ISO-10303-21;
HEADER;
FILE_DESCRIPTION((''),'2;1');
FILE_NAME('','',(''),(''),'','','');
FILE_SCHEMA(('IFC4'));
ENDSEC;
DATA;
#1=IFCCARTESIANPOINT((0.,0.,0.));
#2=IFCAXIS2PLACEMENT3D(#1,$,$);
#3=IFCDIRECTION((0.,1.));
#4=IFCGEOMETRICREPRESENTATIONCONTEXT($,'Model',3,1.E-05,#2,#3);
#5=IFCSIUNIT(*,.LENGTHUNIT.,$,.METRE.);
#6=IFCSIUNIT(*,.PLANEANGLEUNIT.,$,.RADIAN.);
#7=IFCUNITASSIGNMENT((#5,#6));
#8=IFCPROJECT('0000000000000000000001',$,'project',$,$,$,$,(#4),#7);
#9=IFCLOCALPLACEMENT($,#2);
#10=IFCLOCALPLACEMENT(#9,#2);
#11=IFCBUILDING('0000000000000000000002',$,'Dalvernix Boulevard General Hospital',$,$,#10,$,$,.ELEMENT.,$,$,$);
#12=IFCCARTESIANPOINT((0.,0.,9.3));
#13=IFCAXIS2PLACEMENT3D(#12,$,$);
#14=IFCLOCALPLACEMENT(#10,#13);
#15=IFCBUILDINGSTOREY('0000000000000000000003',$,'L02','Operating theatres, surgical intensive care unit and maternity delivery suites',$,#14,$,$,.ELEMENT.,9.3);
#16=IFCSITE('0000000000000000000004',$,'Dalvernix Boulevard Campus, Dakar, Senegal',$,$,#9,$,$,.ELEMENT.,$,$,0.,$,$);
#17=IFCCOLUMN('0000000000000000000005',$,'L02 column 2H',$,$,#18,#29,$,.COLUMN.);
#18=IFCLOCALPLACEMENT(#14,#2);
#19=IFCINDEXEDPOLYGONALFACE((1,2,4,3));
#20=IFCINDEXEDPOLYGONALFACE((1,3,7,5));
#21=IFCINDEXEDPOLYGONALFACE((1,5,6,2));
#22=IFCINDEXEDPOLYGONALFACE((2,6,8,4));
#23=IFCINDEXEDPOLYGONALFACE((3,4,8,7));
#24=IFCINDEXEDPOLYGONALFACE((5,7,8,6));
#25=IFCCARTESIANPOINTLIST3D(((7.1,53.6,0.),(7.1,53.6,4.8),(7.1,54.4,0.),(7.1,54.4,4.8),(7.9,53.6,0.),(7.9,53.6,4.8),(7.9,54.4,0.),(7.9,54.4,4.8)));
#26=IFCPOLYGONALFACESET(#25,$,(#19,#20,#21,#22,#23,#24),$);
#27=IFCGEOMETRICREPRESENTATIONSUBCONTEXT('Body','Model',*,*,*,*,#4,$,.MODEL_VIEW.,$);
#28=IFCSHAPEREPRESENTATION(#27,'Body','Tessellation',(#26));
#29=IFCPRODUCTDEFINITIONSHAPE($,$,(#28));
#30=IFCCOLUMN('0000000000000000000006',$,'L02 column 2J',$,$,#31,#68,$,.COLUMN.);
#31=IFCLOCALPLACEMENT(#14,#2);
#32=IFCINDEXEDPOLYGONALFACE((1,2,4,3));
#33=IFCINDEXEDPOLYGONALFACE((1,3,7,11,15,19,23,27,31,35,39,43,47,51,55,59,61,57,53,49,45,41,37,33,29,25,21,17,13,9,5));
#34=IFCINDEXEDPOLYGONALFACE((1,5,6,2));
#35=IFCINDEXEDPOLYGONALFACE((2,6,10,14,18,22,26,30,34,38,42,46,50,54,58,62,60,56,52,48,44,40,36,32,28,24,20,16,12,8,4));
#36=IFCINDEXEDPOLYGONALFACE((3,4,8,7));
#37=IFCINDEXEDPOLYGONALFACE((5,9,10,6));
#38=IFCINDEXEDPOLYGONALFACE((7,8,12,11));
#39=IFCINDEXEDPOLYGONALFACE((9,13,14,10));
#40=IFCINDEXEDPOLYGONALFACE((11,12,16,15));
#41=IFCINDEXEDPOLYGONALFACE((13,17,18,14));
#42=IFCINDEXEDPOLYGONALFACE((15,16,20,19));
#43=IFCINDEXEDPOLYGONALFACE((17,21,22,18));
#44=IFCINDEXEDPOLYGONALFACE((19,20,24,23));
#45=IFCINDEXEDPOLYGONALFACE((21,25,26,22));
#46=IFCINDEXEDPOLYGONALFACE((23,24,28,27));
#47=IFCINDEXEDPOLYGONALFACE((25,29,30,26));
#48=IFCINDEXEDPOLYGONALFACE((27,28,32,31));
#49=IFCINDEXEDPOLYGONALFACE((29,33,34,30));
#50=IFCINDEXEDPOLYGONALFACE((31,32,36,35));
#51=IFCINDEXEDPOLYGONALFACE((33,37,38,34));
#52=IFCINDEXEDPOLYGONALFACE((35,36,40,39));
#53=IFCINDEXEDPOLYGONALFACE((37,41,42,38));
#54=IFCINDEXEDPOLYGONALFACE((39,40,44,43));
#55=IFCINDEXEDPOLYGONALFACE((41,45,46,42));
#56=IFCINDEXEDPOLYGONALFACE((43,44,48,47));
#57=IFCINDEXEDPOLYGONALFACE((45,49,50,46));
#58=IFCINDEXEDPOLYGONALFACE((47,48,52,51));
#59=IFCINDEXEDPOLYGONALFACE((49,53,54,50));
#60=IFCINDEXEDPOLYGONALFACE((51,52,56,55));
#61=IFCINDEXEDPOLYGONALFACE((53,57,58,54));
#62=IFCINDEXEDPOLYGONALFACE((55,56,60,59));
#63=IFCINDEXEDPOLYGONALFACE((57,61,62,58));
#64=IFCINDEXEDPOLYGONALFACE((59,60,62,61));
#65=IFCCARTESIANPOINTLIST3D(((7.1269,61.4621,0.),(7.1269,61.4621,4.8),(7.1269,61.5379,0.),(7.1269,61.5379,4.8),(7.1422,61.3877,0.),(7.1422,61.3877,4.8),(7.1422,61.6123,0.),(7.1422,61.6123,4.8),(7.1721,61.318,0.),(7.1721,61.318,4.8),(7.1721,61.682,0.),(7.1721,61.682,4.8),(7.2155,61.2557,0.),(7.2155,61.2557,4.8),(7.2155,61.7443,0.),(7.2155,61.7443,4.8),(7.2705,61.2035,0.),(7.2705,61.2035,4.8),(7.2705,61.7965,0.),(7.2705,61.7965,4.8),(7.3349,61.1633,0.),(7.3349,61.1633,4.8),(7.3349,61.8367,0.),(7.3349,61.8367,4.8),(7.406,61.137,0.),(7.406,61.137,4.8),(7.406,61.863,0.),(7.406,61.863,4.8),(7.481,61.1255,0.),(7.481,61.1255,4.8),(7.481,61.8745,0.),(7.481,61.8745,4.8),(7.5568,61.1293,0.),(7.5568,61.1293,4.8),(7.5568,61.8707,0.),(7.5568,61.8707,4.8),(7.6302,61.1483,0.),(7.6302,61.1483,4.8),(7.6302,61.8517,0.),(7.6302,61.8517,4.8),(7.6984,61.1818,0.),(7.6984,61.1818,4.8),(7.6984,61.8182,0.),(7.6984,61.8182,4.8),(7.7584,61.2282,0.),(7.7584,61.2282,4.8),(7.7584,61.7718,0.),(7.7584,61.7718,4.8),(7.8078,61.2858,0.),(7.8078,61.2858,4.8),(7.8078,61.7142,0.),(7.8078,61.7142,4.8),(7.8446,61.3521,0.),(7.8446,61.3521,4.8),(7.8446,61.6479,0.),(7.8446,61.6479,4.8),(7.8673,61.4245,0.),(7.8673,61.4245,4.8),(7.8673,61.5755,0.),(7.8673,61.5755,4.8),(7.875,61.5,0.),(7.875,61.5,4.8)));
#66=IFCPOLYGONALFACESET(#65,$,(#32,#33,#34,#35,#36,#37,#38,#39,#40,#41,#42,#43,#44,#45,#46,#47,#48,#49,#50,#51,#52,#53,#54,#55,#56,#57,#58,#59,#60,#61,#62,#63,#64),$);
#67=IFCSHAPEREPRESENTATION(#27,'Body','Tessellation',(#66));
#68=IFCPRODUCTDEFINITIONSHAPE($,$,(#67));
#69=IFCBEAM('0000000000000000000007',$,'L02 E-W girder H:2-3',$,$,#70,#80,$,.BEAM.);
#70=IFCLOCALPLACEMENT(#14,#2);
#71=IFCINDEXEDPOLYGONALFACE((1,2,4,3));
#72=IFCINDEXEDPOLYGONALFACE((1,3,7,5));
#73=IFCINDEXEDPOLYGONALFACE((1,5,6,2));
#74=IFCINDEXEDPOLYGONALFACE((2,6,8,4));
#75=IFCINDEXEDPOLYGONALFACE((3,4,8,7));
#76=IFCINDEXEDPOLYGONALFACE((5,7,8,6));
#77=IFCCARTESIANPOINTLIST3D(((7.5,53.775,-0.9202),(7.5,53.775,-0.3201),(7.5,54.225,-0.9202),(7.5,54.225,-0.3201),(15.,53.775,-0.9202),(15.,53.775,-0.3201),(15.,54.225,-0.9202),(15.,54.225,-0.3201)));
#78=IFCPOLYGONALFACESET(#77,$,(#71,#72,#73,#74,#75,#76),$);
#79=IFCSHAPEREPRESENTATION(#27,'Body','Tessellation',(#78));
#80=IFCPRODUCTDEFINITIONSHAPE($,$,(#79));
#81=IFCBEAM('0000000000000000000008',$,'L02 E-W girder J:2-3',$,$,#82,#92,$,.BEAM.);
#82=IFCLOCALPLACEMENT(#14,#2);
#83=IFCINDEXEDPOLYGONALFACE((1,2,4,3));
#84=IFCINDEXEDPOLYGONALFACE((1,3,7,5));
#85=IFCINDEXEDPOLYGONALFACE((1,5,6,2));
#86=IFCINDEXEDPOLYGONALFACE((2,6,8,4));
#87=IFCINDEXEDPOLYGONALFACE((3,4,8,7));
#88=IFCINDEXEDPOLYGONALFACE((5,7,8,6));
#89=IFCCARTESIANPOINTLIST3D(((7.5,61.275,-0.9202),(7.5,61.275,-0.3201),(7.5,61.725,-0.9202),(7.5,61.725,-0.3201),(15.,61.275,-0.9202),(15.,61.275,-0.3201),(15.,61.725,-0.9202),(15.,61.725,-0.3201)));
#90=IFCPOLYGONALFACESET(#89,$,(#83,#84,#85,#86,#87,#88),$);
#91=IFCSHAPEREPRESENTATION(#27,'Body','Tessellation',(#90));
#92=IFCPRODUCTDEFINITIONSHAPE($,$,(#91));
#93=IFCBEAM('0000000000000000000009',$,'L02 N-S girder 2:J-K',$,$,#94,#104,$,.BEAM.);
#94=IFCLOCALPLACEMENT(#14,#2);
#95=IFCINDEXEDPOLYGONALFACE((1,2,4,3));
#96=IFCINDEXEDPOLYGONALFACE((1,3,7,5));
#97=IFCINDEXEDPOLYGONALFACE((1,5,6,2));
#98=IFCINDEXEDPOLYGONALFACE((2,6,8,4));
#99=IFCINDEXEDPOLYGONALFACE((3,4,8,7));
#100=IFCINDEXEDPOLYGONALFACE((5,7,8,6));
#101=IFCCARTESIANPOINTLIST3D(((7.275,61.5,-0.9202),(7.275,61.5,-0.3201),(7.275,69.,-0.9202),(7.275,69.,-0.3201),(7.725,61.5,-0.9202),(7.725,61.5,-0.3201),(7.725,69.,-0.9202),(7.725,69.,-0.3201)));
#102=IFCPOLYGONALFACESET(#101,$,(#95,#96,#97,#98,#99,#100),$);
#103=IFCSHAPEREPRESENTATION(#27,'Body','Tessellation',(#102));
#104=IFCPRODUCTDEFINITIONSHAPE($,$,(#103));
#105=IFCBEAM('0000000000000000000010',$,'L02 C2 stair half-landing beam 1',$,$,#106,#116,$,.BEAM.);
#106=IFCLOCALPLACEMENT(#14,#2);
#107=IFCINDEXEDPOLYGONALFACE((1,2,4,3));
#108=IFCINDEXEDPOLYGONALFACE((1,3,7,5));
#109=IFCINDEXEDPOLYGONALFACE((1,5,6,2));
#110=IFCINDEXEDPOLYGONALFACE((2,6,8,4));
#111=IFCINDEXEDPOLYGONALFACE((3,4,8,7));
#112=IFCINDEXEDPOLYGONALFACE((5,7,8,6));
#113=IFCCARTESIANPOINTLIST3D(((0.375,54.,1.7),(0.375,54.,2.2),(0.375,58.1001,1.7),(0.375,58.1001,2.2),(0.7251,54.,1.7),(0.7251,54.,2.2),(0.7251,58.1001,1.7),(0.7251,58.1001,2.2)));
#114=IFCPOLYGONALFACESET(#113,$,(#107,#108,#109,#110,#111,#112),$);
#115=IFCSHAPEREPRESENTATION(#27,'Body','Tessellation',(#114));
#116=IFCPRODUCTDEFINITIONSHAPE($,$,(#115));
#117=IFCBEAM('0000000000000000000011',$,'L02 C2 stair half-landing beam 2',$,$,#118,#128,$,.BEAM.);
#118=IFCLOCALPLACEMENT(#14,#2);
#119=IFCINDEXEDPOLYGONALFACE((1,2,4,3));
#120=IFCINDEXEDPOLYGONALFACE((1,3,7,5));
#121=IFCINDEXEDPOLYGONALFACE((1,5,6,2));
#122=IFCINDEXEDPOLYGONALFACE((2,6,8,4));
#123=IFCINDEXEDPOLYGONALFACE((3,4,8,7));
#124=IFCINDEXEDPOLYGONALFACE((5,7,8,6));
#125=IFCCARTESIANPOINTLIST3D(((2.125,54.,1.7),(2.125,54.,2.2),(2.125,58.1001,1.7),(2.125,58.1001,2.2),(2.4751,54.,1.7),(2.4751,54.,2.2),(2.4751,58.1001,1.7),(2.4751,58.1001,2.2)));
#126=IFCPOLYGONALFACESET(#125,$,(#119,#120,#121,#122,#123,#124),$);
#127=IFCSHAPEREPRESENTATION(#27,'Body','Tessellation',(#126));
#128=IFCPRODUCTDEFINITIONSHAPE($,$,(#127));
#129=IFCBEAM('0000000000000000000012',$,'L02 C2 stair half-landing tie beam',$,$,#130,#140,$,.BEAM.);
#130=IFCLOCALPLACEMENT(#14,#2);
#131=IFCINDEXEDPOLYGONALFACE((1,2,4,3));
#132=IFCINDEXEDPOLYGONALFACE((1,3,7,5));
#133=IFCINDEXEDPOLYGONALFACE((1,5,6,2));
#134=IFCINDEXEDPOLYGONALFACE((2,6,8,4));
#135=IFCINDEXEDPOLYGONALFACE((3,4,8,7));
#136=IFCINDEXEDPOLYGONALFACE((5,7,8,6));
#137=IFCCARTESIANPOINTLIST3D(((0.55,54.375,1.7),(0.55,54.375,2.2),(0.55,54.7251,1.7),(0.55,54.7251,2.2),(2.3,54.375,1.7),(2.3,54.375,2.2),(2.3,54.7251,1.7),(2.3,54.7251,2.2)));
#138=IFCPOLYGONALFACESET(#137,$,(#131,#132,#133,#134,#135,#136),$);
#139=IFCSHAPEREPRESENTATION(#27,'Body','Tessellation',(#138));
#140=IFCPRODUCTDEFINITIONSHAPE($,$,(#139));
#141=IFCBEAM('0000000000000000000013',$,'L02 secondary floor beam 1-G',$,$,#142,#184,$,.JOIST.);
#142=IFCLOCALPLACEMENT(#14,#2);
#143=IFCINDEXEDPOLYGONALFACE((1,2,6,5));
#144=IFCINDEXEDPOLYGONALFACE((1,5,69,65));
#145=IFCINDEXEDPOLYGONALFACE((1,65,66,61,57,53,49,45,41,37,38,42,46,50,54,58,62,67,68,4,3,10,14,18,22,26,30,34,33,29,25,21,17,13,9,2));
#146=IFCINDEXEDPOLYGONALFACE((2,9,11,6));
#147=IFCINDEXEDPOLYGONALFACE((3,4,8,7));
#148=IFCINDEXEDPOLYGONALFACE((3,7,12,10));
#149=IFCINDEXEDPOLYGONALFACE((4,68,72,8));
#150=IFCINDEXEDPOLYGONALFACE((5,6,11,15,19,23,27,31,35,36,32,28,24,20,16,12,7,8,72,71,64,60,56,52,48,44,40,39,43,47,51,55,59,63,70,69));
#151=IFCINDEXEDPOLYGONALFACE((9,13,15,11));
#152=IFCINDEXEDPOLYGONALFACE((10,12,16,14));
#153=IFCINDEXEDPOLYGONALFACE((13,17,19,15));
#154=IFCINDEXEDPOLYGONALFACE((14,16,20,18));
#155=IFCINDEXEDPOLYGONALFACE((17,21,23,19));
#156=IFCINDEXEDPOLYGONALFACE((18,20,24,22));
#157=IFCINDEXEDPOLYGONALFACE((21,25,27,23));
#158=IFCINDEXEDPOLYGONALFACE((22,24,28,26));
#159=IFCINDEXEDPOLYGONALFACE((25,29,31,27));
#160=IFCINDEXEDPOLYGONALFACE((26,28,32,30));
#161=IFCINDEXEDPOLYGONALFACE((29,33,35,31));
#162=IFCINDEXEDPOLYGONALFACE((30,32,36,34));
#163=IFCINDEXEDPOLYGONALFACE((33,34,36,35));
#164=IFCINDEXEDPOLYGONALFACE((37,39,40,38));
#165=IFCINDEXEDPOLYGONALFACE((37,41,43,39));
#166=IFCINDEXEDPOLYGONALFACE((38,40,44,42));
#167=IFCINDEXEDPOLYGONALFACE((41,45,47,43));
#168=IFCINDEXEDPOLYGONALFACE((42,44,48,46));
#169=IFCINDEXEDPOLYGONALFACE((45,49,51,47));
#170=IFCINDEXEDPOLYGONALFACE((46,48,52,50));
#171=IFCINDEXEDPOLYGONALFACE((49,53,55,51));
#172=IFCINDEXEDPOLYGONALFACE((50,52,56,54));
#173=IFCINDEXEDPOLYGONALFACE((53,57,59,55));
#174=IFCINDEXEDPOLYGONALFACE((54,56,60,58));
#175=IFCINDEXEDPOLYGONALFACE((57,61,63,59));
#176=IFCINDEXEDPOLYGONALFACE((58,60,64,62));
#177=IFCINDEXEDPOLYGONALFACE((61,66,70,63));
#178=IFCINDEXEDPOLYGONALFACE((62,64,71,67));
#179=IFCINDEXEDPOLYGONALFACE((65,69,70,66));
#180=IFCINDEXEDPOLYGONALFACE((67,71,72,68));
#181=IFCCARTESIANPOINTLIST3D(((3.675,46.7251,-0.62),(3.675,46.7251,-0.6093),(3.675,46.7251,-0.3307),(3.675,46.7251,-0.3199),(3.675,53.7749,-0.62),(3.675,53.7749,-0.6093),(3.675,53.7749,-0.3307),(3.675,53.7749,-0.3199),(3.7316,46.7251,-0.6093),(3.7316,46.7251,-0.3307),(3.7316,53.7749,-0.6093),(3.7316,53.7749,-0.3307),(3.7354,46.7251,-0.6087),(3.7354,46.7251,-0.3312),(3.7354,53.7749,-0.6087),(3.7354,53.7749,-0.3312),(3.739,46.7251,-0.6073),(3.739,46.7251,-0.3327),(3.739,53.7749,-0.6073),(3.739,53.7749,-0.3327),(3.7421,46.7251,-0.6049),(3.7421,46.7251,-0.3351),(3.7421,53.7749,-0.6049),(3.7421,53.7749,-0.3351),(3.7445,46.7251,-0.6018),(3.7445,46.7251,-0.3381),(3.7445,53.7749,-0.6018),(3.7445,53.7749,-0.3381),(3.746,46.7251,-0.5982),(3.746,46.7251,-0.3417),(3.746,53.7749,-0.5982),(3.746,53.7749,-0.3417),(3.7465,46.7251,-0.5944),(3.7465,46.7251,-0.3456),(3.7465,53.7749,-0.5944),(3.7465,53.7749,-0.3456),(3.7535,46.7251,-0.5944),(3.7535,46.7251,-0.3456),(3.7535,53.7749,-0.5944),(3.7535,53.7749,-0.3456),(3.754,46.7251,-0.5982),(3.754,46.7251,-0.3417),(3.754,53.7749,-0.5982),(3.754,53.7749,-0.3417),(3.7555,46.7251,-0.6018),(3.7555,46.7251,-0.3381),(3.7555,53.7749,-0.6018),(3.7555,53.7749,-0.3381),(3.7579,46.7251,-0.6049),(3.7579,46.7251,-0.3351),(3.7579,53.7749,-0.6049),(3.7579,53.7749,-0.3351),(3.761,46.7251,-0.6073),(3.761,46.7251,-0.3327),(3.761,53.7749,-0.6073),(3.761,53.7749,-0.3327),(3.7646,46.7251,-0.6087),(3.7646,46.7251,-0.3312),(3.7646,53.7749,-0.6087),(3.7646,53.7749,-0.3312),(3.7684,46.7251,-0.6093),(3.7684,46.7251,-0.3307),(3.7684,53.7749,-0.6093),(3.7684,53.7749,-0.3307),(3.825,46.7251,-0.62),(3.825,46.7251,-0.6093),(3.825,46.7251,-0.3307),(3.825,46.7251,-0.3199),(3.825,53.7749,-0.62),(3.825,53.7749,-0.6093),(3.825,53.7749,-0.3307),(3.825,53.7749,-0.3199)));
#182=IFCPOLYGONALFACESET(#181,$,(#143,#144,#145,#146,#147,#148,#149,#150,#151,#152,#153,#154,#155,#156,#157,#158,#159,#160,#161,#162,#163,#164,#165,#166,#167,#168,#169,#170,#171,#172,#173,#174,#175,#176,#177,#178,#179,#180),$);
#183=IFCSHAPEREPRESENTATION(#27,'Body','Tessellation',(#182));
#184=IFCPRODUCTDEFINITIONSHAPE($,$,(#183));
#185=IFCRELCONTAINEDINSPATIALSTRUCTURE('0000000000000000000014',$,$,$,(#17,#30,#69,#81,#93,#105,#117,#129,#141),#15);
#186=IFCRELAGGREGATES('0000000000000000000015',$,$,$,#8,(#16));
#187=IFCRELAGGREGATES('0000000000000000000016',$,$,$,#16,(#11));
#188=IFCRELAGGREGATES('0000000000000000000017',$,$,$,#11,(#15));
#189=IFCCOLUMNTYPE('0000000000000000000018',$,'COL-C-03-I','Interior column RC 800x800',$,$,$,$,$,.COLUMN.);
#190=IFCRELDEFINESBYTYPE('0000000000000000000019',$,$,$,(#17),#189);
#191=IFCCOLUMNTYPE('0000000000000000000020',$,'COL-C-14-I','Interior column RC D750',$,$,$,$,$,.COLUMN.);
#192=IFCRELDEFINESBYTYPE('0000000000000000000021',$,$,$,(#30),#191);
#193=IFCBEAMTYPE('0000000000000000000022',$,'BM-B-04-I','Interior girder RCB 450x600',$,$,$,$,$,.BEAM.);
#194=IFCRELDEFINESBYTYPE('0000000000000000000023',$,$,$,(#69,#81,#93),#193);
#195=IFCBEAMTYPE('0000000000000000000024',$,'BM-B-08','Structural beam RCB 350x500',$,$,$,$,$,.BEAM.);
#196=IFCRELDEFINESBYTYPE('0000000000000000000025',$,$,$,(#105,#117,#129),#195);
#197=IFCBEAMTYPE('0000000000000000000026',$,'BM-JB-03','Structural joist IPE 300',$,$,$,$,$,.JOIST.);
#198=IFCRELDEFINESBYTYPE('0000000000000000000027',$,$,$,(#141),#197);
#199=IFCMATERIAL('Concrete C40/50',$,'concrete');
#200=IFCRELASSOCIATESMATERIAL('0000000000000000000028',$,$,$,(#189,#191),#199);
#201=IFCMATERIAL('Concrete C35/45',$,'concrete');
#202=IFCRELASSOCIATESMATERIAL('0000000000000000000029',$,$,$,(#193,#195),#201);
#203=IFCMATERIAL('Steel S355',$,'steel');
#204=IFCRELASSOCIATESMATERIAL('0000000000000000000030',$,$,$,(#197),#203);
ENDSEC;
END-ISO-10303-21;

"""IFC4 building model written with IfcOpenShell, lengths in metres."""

from ifc_helpers import new_model, si_unit, direction, frame, origin, origin_2d, place, context, subcontext, project, spatial, rectangle, circle, i_section, extrude, material, material_profile, profile_set, type_object, element, save


model = new_model("IFC4")

# Units and contexts
model_context = context("Model", 3, precision=1e-05, world=origin(), true_north=direction((0.0, 1.0)))
body_context = subcontext(model_context, "Body", "Model", "MODEL_VIEW")
ifc_project = project(units=[si_unit("LENGTHUNIT", "METRE"), si_unit("PLANEANGLEUNIT", "RADIAN")], contexts=[model_context])

# Site, building, storey
site_placement = place(None, origin())
site = spatial("IfcSite", under=ifc_project, at=site_placement, Name="Dalvernix Boulevard Campus, Dakar, Senegal", CompositionType="ELEMENT", RefElevation=0.0)
building_placement = place(site_placement, origin())
building = spatial("IfcBuilding", under=site, at=building_placement, Name="Dalvernix Boulevard General Hospital", CompositionType="ELEMENT")
storey_placement = place(building_placement, frame((0.0, 0.0, 9.3)))
storey = spatial("IfcBuildingStorey", under=building, at=storey_placement, Name="L02", Description="Operating theatres, surgical intensive care unit and maternity delivery suites", CompositionType="ELEMENT", Elevation=9.3)

# Columns
ifc_material_1 = material(Name="Concrete C40/50", Category="concrete")
ifc_material_profile_1 = material_profile(ifc_material_1, rectangle(XDim=0.8, YDim=0.8, at=origin_2d()), Name="RC 800x800")
ifc_profile_set_1 = profile_set([ifc_material_profile_1], Name="Concrete C40/50")
column_type_1 = type_object("IfcColumnType", Name="COL-C-03-I", Description="Interior column RC 800x800", PredefinedType="COLUMN", material=ifc_profile_set_1)
column_1_placement = place(storey_placement, frame((7.5, 54.0, 0.0), z_axis=(0.0, 0.0, 1.0), x_axis=(1.0, 0.0, 0.0)))
element("IfcColumn", 1, at=column_1_placement, inside=storey, type_object=column_type_1, Name="L02 column 2H", PredefinedType="COLUMN", context=body_context, shape_type="SweptSolid", body=[
    extrude(rectangle(XDim=0.8, YDim=0.8, at=origin_2d()), origin(), (0.0, 0.0, 1.0), 4.8),
])
ifc_material_profile_2 = material_profile(ifc_material_1, circle(Radius=0.375, at=origin_2d()), Name="RC D750")
ifc_profile_set_2 = profile_set([ifc_material_profile_2], Name="Concrete C40/50")
column_type_2 = type_object("IfcColumnType", Name="COL-C-14-I", Description="Interior column RC D750", PredefinedType="COLUMN", material=ifc_profile_set_2)
column_2_placement = place(storey_placement, frame((7.5, 61.5, 0.0), z_axis=(0.0, 0.0, 1.0), x_axis=(1.0, 0.0, 0.0)))
element("IfcColumn", 2, at=column_2_placement, inside=storey, type_object=column_type_2, Name="L02 column 2J", PredefinedType="COLUMN", context=body_context, shape_type="SweptSolid", body=[
    extrude(circle(Radius=0.375, at=origin_2d()), origin(), (0.0, 0.0, 1.0), 4.8),
])

# Beams
ifc_material_2 = material(Name="Concrete C35/45", Category="concrete")
ifc_material_profile_3 = material_profile(ifc_material_2, rectangle(XDim=0.45, YDim=0.6001, at=origin_2d()), Name="RCB 450x600")
ifc_profile_set_3 = profile_set([ifc_material_profile_3], Name="Concrete C35/45")
beam_type_1 = type_object("IfcBeamType", Name="BM-B-04-I", Description="Interior girder RCB 450x600", PredefinedType="BEAM", material=ifc_profile_set_3)
for number, where, z_axis, x_axis, name in (
    (3, (7.5, 54.0, -0.6201), (1.0, 0.0, 0.0), (0.0, 1.0, 0.0), "L02 E-W girder H:2-3"),
    (4, (7.5, 61.5, -0.6201), (1.0, 0.0, 0.0), (0.0, 1.0, 0.0), "L02 E-W girder J:2-3"),
    (5, (7.5, 61.5, -0.6201), (0.0, 1.0, 0.0), (-1.0, 0.0, 0.0), "L02 N-S girder 2:J-K"),
):
    element("IfcBeam", number, at=place(storey_placement, frame(where, z_axis=z_axis, x_axis=x_axis)), inside=storey, type_object=beam_type_1, Name=name, PredefinedType="BEAM", context=body_context, shape_type="SweptSolid", body=[
        extrude(rectangle(XDim=0.45, YDim=0.6001, at=origin_2d()), origin(), (0.0, 0.0, 1.0), 7.5),
    ])
ifc_material_profile_4 = material_profile(ifc_material_2, rectangle(XDim=0.3501, YDim=0.5, at=origin_2d()), Name="RCB 350x500")
ifc_profile_set_4 = profile_set([ifc_material_profile_4], Name="Concrete C35/45")
beam_type_2 = type_object("IfcBeamType", Name="BM-B-08", Description="Structural beam RCB 350x500", PredefinedType="BEAM", material=ifc_profile_set_4)
for number, where, z_axis, x_axis, name in (
    (6, (0.55, 54.0, 1.95), (0.0, 1.0, 0.0), (-1.0, 0.0, 0.0), "L02 C2 stair half-landing beam 1"),
    (7, (2.3, 54.0, 1.95), (0.0, 1.0, 0.0), (-1.0, 0.0, 0.0), "L02 C2 stair half-landing beam 2"),
):
    element("IfcBeam", number, at=place(storey_placement, frame(where, z_axis=z_axis, x_axis=x_axis)), inside=storey, type_object=beam_type_2, Name=name, PredefinedType="BEAM", context=body_context, shape_type="SweptSolid", body=[
        extrude(rectangle(XDim=0.3501, YDim=0.5, at=origin_2d()), origin(), (0.0, 0.0, 1.0), 4.1001),
    ])
beam_placement = place(storey_placement, frame((0.55, 54.55, 1.95), z_axis=(1.0, 0.0, 0.0), x_axis=(0.0, 1.0, 0.0)))
element("IfcBeam", 8, at=beam_placement, inside=storey, type_object=beam_type_2, Name="L02 C2 stair half-landing tie beam", PredefinedType="BEAM", context=body_context, shape_type="SweptSolid", body=[
    extrude(rectangle(XDim=0.3501, YDim=0.5, at=origin_2d()), origin(), (0.0, 0.0, 1.0), 1.75),
])
ifc_material_3 = material(Name="Steel S355", Category="steel")
ifc_material_profile_5 = material_profile(ifc_material_3, i_section(OverallWidth=0.1499, OverallDepth=0.3, WebThickness=0.0071, FlangeThickness=0.0107, FilletRadius=0.0149, at=origin_2d()), Name="IPE 300")
ifc_profile_set_5 = profile_set([ifc_material_profile_5], Name="Steel S355")
beam_type_3 = type_object("IfcBeamType", Name="BM-JB-03", Description="Structural joist IPE 300", PredefinedType="JOIST", material=ifc_profile_set_5)
for number, where, z_axis, x_axis, name in (
    (9, (3.75, 46.7251, -0.47), (0.0, 1.0, 0.0), (-1.0, 0.0, 0.0), "L02 secondary floor beam 1-G"),
):
    element("IfcBeam", number, at=place(storey_placement, frame(where, z_axis=z_axis, x_axis=x_axis)), inside=storey, type_object=beam_type_3, Name=name, PredefinedType="JOIST", context=body_context, shape_type="SweptSolid", body=[
        extrude(i_section(OverallWidth=0.1499, OverallDepth=0.3, WebThickness=0.0071, FlangeThickness=0.0107, FilletRadius=0.0149, at=origin_2d()), origin(), (0.0, 0.0, 1.0), 7.0498),
    ])

save(model, "model.ifc")
